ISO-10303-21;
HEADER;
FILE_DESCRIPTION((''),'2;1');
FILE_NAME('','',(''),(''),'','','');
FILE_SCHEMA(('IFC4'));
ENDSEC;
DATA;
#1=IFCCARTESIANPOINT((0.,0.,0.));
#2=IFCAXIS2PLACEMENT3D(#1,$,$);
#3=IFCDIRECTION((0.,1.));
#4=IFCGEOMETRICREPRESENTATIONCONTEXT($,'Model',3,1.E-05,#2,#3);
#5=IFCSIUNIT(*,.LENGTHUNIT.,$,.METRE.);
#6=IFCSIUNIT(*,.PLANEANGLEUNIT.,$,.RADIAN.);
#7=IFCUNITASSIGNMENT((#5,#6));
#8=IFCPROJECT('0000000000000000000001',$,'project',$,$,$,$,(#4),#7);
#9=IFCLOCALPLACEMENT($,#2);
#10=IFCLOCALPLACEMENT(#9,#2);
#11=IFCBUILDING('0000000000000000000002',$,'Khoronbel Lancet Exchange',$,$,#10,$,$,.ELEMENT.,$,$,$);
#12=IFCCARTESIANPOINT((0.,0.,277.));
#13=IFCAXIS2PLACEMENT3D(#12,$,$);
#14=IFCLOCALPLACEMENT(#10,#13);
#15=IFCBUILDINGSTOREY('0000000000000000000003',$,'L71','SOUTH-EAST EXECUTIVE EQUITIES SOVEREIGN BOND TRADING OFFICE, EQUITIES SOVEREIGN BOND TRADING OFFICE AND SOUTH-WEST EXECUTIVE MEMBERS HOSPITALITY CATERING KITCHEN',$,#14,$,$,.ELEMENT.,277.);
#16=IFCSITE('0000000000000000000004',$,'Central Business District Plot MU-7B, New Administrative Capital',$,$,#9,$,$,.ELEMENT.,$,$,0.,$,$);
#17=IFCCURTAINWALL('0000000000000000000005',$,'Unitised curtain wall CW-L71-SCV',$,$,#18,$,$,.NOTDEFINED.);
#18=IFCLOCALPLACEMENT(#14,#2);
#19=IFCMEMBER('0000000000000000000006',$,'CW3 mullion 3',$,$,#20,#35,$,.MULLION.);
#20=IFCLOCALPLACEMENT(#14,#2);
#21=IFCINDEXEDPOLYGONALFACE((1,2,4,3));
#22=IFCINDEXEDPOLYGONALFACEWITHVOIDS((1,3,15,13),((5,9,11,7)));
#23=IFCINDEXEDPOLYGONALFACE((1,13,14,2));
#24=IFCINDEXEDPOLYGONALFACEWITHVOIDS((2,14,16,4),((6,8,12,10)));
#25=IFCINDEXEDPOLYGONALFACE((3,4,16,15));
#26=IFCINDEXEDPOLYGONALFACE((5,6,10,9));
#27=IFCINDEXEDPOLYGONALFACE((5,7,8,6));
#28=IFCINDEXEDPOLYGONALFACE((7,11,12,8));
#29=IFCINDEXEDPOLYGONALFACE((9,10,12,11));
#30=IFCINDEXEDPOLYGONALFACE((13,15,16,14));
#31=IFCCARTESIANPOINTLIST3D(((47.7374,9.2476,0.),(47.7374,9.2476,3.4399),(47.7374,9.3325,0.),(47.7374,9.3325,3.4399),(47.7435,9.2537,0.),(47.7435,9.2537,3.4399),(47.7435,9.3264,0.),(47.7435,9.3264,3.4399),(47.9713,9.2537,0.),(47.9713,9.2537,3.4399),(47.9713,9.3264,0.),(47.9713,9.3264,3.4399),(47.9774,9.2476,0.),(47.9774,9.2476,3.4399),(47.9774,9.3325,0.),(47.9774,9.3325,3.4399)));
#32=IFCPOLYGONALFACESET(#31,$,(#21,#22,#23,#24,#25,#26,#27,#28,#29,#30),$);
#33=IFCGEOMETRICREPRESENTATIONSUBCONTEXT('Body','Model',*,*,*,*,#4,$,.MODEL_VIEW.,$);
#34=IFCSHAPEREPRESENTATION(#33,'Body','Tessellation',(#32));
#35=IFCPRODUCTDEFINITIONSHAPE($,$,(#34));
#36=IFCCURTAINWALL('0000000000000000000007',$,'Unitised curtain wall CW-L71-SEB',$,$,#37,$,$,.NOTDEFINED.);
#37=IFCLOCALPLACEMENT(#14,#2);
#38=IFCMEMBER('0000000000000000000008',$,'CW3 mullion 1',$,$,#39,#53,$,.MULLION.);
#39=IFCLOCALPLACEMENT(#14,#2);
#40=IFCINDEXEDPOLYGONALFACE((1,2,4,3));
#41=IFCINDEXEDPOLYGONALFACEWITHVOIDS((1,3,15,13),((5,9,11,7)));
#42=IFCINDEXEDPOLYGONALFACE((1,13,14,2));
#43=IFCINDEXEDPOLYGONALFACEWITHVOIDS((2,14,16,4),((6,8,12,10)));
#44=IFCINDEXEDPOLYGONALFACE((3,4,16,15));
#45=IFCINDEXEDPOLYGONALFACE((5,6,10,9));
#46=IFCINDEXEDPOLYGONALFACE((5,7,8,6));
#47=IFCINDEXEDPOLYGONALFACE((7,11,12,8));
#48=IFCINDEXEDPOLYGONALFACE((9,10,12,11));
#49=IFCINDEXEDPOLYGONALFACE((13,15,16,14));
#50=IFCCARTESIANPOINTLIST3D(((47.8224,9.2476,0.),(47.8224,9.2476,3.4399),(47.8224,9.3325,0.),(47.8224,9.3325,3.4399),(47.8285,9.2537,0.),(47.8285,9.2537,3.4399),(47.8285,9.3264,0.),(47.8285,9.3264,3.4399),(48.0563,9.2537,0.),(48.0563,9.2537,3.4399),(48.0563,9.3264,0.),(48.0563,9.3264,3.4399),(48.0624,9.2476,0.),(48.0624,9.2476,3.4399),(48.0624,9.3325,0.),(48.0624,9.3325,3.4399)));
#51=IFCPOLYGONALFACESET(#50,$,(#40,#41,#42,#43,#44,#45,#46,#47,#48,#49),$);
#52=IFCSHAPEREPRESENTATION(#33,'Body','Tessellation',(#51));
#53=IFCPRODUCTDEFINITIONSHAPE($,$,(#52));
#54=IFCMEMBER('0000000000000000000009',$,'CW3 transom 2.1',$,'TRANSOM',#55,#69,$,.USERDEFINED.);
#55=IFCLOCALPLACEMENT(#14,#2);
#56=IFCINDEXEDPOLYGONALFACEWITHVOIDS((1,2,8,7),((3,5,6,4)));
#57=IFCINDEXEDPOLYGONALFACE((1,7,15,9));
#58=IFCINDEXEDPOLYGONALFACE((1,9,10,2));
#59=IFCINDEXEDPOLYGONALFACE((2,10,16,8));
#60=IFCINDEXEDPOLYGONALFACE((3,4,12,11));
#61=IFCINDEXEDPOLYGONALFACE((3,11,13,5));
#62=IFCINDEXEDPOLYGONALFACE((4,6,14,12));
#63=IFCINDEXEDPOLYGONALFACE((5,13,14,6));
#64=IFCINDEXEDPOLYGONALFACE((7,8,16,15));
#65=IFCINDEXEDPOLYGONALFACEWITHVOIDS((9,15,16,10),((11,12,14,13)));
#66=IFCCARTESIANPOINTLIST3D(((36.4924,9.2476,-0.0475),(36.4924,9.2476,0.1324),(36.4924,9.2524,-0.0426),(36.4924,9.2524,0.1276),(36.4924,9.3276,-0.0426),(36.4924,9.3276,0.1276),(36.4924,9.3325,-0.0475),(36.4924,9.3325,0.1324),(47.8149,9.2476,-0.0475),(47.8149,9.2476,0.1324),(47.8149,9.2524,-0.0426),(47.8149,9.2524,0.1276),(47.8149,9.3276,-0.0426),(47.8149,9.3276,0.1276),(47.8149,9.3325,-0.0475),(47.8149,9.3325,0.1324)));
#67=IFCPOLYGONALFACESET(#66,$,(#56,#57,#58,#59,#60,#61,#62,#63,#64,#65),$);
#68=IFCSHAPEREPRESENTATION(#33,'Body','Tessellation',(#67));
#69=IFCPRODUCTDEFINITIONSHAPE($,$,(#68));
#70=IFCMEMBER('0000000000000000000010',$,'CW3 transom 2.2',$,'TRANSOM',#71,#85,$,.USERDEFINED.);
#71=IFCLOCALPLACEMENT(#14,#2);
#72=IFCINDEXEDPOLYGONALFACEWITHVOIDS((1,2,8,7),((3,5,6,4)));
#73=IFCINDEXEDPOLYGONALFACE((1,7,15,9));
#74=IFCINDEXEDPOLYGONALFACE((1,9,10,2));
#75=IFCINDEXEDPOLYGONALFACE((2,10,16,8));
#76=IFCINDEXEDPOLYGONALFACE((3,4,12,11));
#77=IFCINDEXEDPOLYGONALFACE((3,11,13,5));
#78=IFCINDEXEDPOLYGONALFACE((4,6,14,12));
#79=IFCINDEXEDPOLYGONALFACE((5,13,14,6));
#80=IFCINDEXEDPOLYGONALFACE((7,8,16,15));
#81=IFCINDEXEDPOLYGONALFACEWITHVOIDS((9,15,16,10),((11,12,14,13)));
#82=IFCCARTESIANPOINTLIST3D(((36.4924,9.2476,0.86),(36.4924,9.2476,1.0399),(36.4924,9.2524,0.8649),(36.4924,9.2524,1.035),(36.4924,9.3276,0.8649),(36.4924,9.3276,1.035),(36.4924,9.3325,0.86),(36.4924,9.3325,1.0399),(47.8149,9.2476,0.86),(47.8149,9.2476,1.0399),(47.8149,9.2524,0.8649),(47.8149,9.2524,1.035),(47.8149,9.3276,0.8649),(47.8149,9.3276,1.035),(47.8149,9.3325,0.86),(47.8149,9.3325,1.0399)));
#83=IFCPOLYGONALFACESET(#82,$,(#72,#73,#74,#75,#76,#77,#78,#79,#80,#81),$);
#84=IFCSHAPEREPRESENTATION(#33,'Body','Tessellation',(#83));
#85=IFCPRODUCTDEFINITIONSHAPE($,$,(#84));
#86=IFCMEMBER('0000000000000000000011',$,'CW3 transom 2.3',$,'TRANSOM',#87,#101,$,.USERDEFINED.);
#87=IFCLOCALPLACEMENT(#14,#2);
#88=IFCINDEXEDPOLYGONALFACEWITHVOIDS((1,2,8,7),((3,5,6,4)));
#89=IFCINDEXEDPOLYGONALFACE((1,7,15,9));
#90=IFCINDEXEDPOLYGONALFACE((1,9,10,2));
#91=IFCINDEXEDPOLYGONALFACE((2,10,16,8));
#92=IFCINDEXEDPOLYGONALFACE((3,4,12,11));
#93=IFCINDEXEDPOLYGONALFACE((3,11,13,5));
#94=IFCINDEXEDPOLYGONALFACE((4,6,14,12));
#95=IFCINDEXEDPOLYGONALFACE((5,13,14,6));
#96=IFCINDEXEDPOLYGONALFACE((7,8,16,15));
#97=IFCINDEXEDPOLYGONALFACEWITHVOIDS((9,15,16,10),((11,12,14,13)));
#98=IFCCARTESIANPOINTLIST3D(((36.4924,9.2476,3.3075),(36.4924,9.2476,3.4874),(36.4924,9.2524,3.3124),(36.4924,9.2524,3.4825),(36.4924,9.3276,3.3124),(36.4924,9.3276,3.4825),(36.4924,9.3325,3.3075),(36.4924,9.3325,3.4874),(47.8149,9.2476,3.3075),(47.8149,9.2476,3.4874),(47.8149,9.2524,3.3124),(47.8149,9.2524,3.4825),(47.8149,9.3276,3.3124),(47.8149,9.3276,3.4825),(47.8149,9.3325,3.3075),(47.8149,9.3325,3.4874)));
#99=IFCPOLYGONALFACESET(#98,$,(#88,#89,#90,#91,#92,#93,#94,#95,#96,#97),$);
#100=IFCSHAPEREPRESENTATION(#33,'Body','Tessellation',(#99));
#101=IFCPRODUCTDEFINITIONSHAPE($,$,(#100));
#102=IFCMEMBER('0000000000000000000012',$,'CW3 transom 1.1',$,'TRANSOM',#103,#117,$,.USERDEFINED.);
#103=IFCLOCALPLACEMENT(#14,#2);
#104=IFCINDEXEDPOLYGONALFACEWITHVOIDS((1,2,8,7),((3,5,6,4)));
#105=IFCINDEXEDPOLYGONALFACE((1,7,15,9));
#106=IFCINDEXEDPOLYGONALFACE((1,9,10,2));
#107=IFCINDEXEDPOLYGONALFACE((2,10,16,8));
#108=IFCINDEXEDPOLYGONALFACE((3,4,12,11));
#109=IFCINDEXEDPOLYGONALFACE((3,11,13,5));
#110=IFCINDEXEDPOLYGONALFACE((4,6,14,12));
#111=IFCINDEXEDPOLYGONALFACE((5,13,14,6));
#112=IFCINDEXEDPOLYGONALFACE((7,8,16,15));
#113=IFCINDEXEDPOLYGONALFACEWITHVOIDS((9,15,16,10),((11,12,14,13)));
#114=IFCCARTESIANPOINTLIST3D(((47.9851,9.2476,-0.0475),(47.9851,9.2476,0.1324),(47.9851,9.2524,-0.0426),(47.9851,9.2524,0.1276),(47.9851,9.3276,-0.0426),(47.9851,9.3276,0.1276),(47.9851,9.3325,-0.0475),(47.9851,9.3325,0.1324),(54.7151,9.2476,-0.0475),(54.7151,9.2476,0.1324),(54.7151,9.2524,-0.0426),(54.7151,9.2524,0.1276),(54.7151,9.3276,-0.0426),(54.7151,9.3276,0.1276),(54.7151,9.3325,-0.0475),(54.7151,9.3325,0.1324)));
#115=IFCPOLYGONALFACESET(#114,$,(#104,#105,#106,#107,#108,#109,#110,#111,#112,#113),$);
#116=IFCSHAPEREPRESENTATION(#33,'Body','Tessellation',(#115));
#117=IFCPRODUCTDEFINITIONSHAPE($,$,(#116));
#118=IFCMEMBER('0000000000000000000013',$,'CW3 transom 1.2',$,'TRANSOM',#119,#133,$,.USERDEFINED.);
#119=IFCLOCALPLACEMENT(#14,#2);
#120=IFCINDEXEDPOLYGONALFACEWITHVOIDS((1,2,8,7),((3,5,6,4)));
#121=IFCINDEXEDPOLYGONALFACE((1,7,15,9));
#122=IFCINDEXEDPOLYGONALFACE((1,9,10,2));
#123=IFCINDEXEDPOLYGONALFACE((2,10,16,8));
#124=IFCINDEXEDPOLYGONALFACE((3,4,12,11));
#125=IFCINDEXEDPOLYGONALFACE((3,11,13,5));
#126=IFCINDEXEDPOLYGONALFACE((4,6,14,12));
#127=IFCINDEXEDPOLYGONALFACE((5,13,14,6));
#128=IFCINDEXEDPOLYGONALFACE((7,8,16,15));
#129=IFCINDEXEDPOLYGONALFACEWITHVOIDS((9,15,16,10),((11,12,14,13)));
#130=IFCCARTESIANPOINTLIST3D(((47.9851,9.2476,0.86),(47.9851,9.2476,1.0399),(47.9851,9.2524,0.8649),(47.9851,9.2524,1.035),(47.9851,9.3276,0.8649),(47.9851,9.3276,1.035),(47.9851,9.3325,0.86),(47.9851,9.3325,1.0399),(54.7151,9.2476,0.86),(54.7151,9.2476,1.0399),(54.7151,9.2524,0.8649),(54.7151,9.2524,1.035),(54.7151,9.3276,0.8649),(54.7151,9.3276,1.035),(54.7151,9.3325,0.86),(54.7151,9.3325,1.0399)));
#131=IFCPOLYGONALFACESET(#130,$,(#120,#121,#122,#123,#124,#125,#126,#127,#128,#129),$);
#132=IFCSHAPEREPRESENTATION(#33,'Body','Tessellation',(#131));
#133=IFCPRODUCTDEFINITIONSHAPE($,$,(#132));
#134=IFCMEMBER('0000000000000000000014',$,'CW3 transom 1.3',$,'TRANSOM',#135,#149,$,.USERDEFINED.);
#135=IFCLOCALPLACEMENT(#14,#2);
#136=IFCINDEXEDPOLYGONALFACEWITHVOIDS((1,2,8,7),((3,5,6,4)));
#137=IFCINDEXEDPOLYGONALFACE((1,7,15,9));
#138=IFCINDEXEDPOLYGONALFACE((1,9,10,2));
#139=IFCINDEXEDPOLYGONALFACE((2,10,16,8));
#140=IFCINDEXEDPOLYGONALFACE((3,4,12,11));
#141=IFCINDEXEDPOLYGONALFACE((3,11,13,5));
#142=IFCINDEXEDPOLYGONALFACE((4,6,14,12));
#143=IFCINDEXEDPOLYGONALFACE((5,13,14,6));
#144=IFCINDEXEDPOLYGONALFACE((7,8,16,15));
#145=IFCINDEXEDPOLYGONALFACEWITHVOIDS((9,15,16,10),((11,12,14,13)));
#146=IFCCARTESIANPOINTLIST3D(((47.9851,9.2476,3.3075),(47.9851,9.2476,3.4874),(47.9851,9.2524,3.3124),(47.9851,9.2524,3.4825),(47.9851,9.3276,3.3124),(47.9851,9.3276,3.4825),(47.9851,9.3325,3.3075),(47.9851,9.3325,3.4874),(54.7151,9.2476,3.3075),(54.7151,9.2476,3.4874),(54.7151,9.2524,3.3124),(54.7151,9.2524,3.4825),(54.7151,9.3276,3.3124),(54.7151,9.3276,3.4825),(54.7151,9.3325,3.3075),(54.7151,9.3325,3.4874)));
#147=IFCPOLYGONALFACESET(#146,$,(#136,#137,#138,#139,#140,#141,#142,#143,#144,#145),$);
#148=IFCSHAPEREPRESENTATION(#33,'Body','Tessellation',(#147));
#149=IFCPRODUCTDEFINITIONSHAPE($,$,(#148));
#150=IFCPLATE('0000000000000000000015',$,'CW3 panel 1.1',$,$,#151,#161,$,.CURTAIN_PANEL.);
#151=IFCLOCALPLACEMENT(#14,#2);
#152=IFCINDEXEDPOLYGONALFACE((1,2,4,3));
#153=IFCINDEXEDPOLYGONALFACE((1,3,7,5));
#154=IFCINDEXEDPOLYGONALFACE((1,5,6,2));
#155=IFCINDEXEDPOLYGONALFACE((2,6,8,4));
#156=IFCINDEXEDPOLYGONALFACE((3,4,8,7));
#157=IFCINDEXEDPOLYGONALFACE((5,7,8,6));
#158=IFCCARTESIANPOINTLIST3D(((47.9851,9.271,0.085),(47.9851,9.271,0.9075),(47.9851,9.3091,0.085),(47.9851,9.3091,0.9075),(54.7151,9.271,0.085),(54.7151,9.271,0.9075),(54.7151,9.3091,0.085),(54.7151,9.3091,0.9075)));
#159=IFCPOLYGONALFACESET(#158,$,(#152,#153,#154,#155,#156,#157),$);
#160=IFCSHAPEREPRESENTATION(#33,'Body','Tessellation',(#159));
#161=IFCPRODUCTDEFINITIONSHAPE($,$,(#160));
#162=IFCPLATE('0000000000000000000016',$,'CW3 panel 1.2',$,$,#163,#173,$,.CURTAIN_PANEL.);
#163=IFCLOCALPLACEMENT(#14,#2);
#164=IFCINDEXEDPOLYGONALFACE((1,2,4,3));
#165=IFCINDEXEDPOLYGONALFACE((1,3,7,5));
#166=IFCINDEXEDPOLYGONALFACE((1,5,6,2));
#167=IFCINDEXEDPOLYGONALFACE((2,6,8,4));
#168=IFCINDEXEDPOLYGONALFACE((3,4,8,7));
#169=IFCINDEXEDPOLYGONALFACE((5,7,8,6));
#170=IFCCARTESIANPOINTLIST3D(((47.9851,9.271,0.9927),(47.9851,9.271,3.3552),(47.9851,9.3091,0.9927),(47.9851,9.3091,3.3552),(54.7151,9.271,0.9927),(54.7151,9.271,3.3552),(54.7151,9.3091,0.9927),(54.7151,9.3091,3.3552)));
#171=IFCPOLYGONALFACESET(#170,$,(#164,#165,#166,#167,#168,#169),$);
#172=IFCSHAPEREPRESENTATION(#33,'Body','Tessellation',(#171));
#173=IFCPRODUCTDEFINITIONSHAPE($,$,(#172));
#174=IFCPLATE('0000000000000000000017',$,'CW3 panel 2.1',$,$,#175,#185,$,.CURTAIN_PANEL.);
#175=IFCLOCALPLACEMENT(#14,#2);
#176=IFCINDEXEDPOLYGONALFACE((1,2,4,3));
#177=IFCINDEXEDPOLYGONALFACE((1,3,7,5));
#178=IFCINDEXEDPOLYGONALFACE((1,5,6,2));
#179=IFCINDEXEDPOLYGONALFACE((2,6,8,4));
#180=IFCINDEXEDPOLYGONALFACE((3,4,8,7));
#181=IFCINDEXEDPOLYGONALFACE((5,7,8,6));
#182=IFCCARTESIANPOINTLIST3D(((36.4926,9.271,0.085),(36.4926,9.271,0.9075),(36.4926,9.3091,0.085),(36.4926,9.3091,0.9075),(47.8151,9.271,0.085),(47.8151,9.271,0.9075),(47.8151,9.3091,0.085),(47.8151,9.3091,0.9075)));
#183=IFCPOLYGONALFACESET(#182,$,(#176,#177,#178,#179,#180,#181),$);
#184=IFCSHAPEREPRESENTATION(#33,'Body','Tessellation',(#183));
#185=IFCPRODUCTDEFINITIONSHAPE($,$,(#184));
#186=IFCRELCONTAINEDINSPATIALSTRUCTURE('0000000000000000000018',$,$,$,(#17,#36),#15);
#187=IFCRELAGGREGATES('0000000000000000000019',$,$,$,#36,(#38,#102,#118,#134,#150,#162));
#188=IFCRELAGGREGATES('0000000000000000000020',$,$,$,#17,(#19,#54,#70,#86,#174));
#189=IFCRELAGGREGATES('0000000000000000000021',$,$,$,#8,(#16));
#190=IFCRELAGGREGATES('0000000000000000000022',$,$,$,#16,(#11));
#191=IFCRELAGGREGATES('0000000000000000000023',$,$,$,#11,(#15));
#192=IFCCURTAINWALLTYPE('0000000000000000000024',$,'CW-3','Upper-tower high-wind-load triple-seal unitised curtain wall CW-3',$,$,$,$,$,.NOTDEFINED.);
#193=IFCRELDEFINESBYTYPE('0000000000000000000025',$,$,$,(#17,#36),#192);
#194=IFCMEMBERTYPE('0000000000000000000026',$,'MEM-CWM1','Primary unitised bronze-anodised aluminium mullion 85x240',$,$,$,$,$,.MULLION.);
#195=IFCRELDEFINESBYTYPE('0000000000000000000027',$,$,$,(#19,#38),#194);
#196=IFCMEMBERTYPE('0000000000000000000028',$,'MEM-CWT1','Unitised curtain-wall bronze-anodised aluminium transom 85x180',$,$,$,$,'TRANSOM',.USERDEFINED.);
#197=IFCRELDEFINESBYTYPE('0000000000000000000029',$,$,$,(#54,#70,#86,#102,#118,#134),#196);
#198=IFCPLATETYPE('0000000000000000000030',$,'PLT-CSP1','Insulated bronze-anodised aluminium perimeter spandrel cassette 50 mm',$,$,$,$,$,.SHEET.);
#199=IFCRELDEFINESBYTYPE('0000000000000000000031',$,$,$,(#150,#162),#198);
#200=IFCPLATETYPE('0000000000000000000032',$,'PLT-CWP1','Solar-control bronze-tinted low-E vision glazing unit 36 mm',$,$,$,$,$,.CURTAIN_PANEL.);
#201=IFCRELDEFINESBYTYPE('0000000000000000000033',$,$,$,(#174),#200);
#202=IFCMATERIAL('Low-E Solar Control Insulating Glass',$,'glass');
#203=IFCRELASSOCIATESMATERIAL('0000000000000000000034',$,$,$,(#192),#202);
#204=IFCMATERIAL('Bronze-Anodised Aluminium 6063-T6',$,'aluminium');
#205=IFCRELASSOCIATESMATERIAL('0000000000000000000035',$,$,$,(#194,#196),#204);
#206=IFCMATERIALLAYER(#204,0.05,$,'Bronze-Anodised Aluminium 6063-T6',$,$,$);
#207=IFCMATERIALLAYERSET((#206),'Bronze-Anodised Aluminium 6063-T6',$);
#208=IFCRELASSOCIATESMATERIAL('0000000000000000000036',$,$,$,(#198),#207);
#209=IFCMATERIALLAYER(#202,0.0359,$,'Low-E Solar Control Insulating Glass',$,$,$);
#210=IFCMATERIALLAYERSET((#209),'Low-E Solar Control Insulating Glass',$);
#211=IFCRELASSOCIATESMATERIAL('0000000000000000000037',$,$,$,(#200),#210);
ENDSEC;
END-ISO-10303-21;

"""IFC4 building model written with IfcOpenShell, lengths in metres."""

from ifc_helpers import new_model, si_unit, direction, frame, origin, origin_2d, place, context, subcontext, project, spatial, rectangle, hollow_rectangle, extrude, material, layer, layer_set, material_profile, profile_set, type_object, element, aggregate, save


model = new_model("IFC4")

# Units and contexts
model_context = context("Model", 3, precision=1e-05, world=origin(), true_north=direction((0.0, 1.0)))
body_context = subcontext(model_context, "Body", "Model", "MODEL_VIEW")
ifc_project = project(units=[si_unit("LENGTHUNIT", "METRE"), si_unit("PLANEANGLEUNIT", "RADIAN")], contexts=[model_context])

# Site, building, storey
site_placement = place(None, origin())
site = spatial("IfcSite", under=ifc_project, at=site_placement, Name="Central Business District Plot MU-7B, New Administrative Capital", CompositionType="ELEMENT", RefElevation=0.0)
building_placement = place(site_placement, origin())
building = spatial("IfcBuilding", under=site, at=building_placement, Name="Khoronbel Lancet Exchange", CompositionType="ELEMENT")
storey_placement = place(building_placement, frame((0.0, 0.0, 277.0)))
storey = spatial("IfcBuildingStorey", under=building, at=storey_placement, Name="L71", Description="SOUTH-EAST EXECUTIVE EQUITIES SOVEREIGN BOND TRADING OFFICE, EQUITIES SOVEREIGN BOND TRADING OFFICE AND SOUTH-WEST EXECUTIVE MEMBERS HOSPITALITY CATERING KITCHEN", CompositionType="ELEMENT", Elevation=277.0)

# Curtain wall, member
ifc_material_1 = material(Name="Low-E Solar Control Insulating Glass", Category="glass")
curtain_wall_type = type_object("IfcCurtainWallType", Name="CW-3", Description="Upper-tower high-wind-load triple-seal unitised curtain wall CW-3", PredefinedType="NOTDEFINED", material=ifc_material_1)
curtain_wall_1_placement = place(storey_placement, origin())
curtain_wall_1 = element("IfcCurtainWall", 1, at=curtain_wall_1_placement, inside=storey, type_object=curtain_wall_type, Name="Unitised curtain wall CW-L71-SCV", PredefinedType="NOTDEFINED")
ifc_material_2 = material(Name="Bronze-Anodised Aluminium 6063-T6", Category="aluminium")
ifc_material_profile_1 = material_profile(ifc_material_2, hollow_rectangle(XDim=0.085, YDim=0.24, WallThickness=0.0061, at=origin_2d()), Name="ALU MULLION 85x240")
ifc_profile_set_1 = profile_set([ifc_material_profile_1], Name="Bronze-Anodised Aluminium 6063-T6")
member_type_1 = type_object("IfcMemberType", Name="MEM-CWM1", Description="Primary unitised bronze-anodised aluminium mullion 85x240", PredefinedType="MULLION", material=ifc_profile_set_1)
member_1_placement = place(storey_placement, frame((47.8574, 9.29, 0.0), z_axis=(0.0, 0.0, 1.0), x_axis=(0.0, 1.0, 0.0)))
member_1 = element("IfcMember", 2, at=member_1_placement, type_object=member_type_1, Name="CW3 mullion 3", PredefinedType="MULLION", context=body_context, shape_type="SweptSolid", body=[
    extrude(hollow_rectangle(XDim=0.085, YDim=0.24, WallThickness=0.0061, at=origin_2d()), origin(), (0.0, 0.0, 1.0), 3.4399),
])

# Curtain wall, member
curtain_wall_2_placement = place(storey_placement, origin())
curtain_wall_2 = element("IfcCurtainWall", 3, at=curtain_wall_2_placement, inside=storey, type_object=curtain_wall_type, Name="Unitised curtain wall CW-L71-SEB", PredefinedType="NOTDEFINED")
member_2_placement = place(storey_placement, frame((47.9424, 9.29, 0.0), z_axis=(0.0, 0.0, 1.0), x_axis=(0.0, 1.0, 0.0)))
member_2 = element("IfcMember", 4, at=member_2_placement, type_object=member_type_1, Name="CW3 mullion 1", PredefinedType="MULLION", context=body_context, shape_type="SweptSolid", body=[
    extrude(hollow_rectangle(XDim=0.085, YDim=0.24, WallThickness=0.0061, at=origin_2d()), origin(), (0.0, 0.0, 1.0), 3.4399),
])

# Members
ifc_material_profile_2 = material_profile(ifc_material_2, hollow_rectangle(XDim=0.085, YDim=0.1799, WallThickness=0.0049, at=origin_2d()), Name="ALU TRANSOM 85x180")
ifc_profile_set_2 = profile_set([ifc_material_profile_2], Name="Bronze-Anodised Aluminium 6063-T6")
member_type_2 = type_object("IfcMemberType", Name="MEM-CWT1", Description="Unitised curtain-wall bronze-anodised aluminium transom 85x180", ElementType="TRANSOM", PredefinedType="USERDEFINED", material=ifc_profile_set_2)
member_3_placement = place(storey_placement, frame((36.4924, 9.29, 0.0425), z_axis=(1.0, 0.0, 0.0), x_axis=(0.0, 1.0, 0.0)))
member_3 = element("IfcMember", 5, at=member_3_placement, type_object=member_type_2, Name="CW3 transom 2.1", ObjectType="TRANSOM", PredefinedType="USERDEFINED", context=body_context, shape_type="SweptSolid", body=[
    extrude(hollow_rectangle(XDim=0.085, YDim=0.1799, WallThickness=0.0049, at=origin_2d()), origin(), (0.0, 0.0, 1.0), 11.3225),
])
member_4_placement = place(storey_placement, frame((36.4924, 9.29, 0.95), z_axis=(1.0, 0.0, 0.0), x_axis=(0.0, 1.0, 0.0)))
member_4 = element("IfcMember", 6, at=member_4_placement, type_object=member_type_2, Name="CW3 transom 2.2", ObjectType="TRANSOM", PredefinedType="USERDEFINED", context=body_context, shape_type="SweptSolid", body=[
    extrude(hollow_rectangle(XDim=0.085, YDim=0.1799, WallThickness=0.0049, at=origin_2d()), origin(), (0.0, 0.0, 1.0), 11.3225),
])
member_5_placement = place(storey_placement, frame((36.4924, 9.29, 3.3975), z_axis=(1.0, 0.0, 0.0), x_axis=(0.0, 1.0, 0.0)))
member_5 = element("IfcMember", 7, at=member_5_placement, type_object=member_type_2, Name="CW3 transom 2.3", ObjectType="TRANSOM", PredefinedType="USERDEFINED", context=body_context, shape_type="SweptSolid", body=[
    extrude(hollow_rectangle(XDim=0.085, YDim=0.1799, WallThickness=0.0049, at=origin_2d()), origin(), (0.0, 0.0, 1.0), 11.3225),
])
member_6_placement = place(storey_placement, frame((47.9851, 9.29, 0.0425), z_axis=(1.0, 0.0, 0.0), x_axis=(0.0, 1.0, 0.0)))
member_6 = element("IfcMember", 8, at=member_6_placement, type_object=member_type_2, Name="CW3 transom 1.1", ObjectType="TRANSOM", PredefinedType="USERDEFINED", context=body_context, shape_type="SweptSolid", body=[
    extrude(hollow_rectangle(XDim=0.085, YDim=0.1799, WallThickness=0.0049, at=origin_2d()), origin(), (0.0, 0.0, 1.0), 6.73),
])
member_7_placement = place(storey_placement, frame((47.9851, 9.29, 0.95), z_axis=(1.0, 0.0, 0.0), x_axis=(0.0, 1.0, 0.0)))
member_7 = element("IfcMember", 9, at=member_7_placement, type_object=member_type_2, Name="CW3 transom 1.2", ObjectType="TRANSOM", PredefinedType="USERDEFINED", context=body_context, shape_type="SweptSolid", body=[
    extrude(hollow_rectangle(XDim=0.085, YDim=0.1799, WallThickness=0.0049, at=origin_2d()), origin(), (0.0, 0.0, 1.0), 6.73),
])
member_8_placement = place(storey_placement, frame((47.9851, 9.29, 3.3975), z_axis=(1.0, 0.0, 0.0), x_axis=(0.0, 1.0, 0.0)))
member_8 = element("IfcMember", 10, at=member_8_placement, type_object=member_type_2, Name="CW3 transom 1.3", ObjectType="TRANSOM", PredefinedType="USERDEFINED", context=body_context, shape_type="SweptSolid", body=[
    extrude(hollow_rectangle(XDim=0.085, YDim=0.1799, WallThickness=0.0049, at=origin_2d()), origin(), (0.0, 0.0, 1.0), 6.73),
])

# Plates
ifc_layer_1 = layer(ifc_material_2, 0.05, Name="Bronze-Anodised Aluminium 6063-T6")
ifc_layer_set_1 = layer_set([ifc_layer_1], Name="Bronze-Anodised Aluminium 6063-T6")
plate_type_1 = type_object("IfcPlateType", Name="PLT-CSP1", Description="Insulated bronze-anodised aluminium perimeter spandrel cassette 50 mm", PredefinedType="SHEET", material=ifc_layer_set_1)
plate_1_placement = place(storey_placement, frame((51.3501, 9.29, 0.085), z_axis=(0.0, 0.0, 1.0), x_axis=(1.0, 0.0, 0.0)))
plate_1 = element("IfcPlate", 11, at=plate_1_placement, type_object=plate_type_1, Name="CW3 panel 1.1", PredefinedType="CURTAIN_PANEL", context=body_context, shape_type="SweptSolid", body=[
    extrude(rectangle(XDim=6.73, YDim=0.0381, at=origin_2d()), origin(), (0.0, 0.0, 1.0), 0.8225),
])
plate_2_placement = place(storey_placement, frame((51.3501, 9.29, 0.9927), z_axis=(0.0, 0.0, 1.0), x_axis=(1.0, 0.0, 0.0)))
plate_2 = element("IfcPlate", 12, at=plate_2_placement, type_object=plate_type_1, Name="CW3 panel 1.2", PredefinedType="CURTAIN_PANEL", context=body_context, shape_type="SweptSolid", body=[
    extrude(rectangle(XDim=6.73, YDim=0.0381, at=origin_2d()), origin(), (0.0, 0.0, 1.0), 2.3625),
])
aggregate(curtain_wall_2, [member_2, member_6, member_7, member_8, plate_1, plate_2])
ifc_layer_2 = layer(ifc_material_1, 0.0359, Name="Low-E Solar Control Insulating Glass")
ifc_layer_set_2 = layer_set([ifc_layer_2], Name="Low-E Solar Control Insulating Glass")
plate_type_2 = type_object("IfcPlateType", Name="PLT-CWP1", Description="Solar-control bronze-tinted low-E vision glazing unit 36 mm", PredefinedType="CURTAIN_PANEL", material=ifc_layer_set_2)
plate_3_placement = place(storey_placement, frame((42.1538, 9.29, 0.085), z_axis=(0.0, 0.0, 1.0), x_axis=(1.0, 0.0, 0.0)))
plate_3 = element("IfcPlate", 13, at=plate_3_placement, type_object=plate_type_2, Name="CW3 panel 2.1", PredefinedType="CURTAIN_PANEL", context=body_context, shape_type="SweptSolid", body=[
    extrude(rectangle(XDim=11.3225, YDim=0.0381, at=origin_2d()), origin(), (0.0, 0.0, 1.0), 0.8225),
])
aggregate(curtain_wall_1, [member_1, member_3, member_4, member_5, plate_3])

save(model, "model.ifc")
